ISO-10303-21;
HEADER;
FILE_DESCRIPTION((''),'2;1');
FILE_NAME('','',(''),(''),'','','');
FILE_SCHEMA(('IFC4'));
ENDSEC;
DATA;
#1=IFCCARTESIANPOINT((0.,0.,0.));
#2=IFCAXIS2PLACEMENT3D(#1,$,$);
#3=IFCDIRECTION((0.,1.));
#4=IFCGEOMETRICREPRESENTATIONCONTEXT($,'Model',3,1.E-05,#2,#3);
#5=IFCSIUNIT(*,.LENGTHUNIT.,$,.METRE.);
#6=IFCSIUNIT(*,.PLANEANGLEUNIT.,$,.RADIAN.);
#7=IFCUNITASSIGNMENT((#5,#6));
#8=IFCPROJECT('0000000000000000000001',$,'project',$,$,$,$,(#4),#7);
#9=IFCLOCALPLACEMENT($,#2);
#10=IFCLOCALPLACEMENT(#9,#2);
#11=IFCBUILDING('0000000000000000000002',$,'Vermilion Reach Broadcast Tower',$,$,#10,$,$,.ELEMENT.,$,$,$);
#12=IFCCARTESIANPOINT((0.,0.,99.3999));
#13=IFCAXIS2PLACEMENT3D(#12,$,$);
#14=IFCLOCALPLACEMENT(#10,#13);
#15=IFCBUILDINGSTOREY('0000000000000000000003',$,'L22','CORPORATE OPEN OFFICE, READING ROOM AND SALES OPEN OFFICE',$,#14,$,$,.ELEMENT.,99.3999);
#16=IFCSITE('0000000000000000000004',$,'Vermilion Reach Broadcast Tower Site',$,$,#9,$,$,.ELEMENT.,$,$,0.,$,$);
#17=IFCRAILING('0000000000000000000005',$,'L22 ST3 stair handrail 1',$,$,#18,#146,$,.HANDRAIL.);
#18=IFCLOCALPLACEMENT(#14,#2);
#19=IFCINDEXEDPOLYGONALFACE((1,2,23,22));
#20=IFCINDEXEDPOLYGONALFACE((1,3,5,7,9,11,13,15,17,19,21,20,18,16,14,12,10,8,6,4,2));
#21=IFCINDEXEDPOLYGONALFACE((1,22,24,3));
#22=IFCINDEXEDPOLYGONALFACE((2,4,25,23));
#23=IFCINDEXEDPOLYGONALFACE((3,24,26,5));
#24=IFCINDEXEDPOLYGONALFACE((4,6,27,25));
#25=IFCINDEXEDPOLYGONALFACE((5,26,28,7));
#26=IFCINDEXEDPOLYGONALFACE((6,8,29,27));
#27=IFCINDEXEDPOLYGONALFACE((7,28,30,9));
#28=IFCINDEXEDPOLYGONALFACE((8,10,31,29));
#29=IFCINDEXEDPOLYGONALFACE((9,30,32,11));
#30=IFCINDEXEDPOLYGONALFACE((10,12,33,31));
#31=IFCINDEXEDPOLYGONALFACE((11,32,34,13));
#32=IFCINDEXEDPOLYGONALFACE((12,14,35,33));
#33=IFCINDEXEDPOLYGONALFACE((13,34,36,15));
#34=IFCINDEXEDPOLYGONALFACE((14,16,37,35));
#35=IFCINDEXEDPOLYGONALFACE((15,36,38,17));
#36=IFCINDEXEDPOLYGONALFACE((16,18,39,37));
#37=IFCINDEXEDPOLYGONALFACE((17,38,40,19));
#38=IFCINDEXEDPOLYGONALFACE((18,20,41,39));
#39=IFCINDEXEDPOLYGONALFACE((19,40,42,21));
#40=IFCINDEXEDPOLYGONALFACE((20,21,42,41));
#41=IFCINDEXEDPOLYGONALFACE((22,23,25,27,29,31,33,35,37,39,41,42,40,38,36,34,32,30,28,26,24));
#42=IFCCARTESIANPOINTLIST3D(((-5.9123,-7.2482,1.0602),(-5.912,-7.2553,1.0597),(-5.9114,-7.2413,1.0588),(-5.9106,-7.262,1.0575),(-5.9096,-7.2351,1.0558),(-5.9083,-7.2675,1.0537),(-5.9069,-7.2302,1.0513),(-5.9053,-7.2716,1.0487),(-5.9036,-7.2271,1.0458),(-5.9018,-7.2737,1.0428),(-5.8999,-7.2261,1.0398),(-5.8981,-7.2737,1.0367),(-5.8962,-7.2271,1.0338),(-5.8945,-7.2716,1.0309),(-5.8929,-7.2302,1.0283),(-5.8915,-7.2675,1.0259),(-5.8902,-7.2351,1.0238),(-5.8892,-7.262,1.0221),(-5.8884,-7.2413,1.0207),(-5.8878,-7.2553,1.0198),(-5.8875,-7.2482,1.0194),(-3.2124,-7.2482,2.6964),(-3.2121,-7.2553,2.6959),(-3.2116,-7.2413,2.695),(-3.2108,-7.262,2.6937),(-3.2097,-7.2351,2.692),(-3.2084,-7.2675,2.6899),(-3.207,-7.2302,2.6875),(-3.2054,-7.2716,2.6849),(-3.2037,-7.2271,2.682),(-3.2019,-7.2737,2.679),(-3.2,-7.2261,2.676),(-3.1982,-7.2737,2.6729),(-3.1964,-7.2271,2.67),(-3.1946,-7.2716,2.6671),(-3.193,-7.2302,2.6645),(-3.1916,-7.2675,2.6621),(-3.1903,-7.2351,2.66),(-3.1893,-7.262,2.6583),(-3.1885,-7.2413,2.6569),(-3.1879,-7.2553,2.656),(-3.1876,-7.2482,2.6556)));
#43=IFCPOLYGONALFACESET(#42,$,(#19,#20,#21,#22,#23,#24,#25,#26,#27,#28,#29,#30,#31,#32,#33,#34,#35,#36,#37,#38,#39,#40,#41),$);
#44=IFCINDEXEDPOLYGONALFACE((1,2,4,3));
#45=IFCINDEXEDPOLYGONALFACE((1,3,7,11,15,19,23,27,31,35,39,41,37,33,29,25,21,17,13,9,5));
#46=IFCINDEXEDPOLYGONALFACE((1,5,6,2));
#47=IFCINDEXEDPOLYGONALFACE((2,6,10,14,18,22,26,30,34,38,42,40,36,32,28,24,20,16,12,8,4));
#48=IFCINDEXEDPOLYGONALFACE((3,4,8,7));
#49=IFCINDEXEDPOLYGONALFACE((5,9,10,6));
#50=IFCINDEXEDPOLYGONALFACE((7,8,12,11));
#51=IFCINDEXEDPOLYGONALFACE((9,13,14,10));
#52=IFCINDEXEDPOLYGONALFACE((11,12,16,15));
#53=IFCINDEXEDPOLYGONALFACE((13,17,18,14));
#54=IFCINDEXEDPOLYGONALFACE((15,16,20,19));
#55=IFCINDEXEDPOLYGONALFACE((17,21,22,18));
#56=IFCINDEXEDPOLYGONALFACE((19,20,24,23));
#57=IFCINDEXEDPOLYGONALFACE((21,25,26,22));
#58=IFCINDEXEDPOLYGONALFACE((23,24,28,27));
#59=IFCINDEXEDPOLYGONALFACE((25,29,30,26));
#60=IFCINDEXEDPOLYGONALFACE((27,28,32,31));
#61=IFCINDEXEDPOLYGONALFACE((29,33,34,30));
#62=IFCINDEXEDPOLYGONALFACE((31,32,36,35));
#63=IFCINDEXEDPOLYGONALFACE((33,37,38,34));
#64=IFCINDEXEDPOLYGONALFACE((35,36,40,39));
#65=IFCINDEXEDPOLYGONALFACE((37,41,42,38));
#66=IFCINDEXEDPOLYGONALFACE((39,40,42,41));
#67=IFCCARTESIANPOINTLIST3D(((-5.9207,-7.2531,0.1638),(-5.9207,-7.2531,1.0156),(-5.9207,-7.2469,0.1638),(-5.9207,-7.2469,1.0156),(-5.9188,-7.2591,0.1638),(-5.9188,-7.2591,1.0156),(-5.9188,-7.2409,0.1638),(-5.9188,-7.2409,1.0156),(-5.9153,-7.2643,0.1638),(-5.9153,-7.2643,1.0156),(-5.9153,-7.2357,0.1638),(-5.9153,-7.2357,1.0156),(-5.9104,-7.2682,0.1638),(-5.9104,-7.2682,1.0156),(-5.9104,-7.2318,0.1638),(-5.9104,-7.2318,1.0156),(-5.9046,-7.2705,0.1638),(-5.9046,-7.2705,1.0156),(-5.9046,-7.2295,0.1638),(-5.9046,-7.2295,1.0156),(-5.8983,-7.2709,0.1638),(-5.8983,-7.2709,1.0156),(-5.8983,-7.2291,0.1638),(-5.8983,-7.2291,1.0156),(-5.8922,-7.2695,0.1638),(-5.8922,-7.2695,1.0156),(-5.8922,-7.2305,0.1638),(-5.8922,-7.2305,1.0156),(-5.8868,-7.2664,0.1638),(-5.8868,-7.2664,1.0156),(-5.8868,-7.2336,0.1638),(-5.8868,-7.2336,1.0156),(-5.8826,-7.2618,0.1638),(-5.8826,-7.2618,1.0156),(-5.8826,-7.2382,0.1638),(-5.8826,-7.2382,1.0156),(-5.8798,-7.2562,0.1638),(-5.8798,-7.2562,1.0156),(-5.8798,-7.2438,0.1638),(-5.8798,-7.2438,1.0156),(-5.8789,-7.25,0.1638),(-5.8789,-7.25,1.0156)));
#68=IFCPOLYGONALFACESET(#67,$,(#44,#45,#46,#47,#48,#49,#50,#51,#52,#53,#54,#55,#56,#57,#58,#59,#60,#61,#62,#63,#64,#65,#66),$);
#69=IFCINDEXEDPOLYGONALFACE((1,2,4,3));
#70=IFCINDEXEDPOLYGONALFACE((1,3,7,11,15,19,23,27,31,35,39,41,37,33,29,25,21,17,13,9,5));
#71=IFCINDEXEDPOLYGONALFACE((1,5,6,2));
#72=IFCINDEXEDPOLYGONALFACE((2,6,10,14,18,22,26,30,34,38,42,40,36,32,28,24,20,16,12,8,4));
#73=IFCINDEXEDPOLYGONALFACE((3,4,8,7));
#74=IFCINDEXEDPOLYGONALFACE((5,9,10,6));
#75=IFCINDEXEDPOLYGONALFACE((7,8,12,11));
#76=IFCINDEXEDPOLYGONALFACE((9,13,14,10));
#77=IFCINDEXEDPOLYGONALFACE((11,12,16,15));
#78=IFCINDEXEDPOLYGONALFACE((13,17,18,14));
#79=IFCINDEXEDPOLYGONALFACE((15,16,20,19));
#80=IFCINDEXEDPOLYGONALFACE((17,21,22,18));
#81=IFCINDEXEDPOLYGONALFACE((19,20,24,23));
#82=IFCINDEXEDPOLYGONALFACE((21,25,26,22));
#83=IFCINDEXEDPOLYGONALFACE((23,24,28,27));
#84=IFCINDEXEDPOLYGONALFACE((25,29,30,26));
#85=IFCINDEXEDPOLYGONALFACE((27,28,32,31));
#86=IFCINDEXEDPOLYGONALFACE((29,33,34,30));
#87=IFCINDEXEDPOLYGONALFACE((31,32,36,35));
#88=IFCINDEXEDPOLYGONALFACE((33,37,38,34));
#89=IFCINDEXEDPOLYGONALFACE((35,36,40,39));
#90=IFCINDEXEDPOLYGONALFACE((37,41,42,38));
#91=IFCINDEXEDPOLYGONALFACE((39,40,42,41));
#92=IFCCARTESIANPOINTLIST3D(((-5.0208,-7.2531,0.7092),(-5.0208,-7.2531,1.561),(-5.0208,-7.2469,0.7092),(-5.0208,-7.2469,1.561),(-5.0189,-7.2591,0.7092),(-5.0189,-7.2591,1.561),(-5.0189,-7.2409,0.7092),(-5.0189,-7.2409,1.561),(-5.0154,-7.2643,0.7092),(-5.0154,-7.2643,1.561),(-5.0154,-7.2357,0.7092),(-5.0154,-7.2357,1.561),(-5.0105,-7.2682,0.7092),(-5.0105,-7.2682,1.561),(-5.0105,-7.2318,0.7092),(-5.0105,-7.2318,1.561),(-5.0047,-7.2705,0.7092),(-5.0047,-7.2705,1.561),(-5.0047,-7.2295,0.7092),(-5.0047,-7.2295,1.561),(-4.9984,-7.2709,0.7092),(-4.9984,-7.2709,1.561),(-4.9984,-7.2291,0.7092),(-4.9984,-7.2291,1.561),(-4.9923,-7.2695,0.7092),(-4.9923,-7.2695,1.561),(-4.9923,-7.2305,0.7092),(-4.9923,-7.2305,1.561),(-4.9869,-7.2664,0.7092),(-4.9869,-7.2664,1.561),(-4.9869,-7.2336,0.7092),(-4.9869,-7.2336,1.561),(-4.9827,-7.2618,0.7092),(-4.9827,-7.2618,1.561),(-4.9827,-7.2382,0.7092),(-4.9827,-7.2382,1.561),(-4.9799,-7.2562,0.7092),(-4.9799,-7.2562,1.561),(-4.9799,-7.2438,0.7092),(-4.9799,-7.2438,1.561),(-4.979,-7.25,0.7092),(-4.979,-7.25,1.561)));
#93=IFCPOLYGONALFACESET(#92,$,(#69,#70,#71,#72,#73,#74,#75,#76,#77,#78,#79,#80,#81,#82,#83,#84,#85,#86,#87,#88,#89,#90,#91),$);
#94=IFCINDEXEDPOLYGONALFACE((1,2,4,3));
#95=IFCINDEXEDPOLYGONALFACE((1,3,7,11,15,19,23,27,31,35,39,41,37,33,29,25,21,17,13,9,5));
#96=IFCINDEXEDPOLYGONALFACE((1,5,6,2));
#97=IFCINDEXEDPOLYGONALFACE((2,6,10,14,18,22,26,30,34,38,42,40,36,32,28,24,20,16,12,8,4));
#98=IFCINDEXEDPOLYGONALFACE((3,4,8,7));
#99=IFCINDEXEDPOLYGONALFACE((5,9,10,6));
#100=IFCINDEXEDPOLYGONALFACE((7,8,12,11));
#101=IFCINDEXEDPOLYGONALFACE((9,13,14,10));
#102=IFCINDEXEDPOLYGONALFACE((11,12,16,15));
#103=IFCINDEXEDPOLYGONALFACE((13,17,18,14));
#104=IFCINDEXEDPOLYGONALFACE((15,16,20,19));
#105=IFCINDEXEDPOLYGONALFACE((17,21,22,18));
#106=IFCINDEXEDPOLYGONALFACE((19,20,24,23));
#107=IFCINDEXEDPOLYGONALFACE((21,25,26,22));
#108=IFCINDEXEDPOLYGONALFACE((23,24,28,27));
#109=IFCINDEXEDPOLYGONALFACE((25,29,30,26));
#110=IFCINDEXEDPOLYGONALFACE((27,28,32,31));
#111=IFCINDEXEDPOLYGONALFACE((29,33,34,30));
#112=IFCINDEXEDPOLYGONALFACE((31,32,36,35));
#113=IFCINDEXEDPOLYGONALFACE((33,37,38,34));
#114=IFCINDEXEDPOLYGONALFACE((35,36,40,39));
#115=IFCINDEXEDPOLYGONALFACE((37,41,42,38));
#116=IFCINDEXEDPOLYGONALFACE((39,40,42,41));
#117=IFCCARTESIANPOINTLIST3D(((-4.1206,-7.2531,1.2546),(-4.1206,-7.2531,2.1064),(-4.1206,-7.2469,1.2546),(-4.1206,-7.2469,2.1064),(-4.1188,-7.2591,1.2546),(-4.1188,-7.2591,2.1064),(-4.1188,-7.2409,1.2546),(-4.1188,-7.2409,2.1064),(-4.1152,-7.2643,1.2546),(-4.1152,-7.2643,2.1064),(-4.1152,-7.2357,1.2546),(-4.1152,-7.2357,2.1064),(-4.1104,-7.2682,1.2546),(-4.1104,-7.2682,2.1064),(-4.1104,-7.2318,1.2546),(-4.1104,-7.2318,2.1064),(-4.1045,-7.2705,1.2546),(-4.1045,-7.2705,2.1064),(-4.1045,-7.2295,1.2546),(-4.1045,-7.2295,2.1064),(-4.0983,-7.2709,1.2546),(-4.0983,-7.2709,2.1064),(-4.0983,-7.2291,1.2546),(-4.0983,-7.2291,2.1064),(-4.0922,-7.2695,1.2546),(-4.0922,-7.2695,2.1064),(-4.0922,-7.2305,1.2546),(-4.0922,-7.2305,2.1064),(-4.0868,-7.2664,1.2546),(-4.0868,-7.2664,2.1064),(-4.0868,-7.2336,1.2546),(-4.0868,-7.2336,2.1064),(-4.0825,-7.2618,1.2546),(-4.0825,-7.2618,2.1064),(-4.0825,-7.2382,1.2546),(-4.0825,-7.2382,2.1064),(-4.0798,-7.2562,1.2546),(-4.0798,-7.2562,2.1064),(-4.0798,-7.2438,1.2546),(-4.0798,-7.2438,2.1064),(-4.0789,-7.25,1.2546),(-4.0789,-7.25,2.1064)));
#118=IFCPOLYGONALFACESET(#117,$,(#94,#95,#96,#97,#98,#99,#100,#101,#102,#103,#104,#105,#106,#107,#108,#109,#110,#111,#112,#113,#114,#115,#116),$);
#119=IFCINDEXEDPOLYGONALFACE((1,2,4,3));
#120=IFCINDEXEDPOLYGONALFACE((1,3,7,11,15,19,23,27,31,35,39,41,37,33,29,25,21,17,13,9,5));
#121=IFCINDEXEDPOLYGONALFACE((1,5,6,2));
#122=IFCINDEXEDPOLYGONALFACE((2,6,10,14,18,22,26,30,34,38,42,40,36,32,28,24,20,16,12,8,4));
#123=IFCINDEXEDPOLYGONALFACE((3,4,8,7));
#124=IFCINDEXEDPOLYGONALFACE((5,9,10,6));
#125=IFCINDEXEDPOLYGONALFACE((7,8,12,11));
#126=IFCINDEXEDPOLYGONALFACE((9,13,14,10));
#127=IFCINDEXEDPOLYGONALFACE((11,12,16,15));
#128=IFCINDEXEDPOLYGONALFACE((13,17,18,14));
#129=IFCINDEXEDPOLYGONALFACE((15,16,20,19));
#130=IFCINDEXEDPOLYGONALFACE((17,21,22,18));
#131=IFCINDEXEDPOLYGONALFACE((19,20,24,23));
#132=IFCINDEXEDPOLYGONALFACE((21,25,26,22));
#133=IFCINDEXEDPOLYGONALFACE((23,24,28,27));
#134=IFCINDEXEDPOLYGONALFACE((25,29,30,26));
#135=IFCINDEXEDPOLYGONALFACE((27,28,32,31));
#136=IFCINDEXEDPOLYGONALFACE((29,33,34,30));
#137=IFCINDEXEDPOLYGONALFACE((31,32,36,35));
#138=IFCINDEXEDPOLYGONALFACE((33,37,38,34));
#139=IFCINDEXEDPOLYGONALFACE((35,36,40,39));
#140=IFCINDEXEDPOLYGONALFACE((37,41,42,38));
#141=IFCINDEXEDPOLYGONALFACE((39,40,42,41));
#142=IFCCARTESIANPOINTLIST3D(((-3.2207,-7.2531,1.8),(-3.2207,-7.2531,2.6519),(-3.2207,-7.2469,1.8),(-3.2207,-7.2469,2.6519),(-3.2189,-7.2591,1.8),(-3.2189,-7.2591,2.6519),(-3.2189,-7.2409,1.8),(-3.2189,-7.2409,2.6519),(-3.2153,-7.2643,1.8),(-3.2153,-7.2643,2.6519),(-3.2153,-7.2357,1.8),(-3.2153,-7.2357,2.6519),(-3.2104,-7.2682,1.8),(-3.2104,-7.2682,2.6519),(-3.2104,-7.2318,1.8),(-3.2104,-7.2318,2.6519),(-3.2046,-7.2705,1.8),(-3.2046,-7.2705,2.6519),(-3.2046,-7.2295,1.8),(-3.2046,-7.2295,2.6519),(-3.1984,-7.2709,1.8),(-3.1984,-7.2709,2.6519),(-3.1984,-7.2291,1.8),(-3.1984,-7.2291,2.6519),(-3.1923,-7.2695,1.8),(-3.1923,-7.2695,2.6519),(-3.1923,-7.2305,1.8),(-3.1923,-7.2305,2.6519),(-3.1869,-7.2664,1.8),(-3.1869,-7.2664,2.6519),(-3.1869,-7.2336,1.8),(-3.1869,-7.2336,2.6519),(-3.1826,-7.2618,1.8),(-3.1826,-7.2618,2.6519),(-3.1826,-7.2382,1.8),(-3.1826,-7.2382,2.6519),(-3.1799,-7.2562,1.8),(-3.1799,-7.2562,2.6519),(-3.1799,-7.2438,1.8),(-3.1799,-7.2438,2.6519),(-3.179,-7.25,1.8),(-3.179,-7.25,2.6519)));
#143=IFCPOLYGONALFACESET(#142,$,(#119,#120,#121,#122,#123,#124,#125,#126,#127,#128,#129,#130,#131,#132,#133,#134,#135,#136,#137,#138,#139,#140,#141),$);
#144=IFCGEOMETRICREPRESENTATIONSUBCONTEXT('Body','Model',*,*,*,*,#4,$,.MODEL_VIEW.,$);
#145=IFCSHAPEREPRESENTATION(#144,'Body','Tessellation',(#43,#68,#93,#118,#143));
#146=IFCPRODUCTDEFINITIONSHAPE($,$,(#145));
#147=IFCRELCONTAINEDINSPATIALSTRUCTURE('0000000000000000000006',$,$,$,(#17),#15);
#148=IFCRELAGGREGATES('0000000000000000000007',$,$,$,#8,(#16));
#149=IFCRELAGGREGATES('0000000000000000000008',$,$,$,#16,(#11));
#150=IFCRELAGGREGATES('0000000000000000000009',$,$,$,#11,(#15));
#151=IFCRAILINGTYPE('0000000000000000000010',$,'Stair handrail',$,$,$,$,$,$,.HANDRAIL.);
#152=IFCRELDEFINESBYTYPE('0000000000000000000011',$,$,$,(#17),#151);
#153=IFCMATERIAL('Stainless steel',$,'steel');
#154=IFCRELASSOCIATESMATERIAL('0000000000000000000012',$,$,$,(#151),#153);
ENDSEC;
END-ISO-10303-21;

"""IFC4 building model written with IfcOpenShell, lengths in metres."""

from ifc_helpers import new_model, si_unit, direction, frame, origin, origin_2d, place, context, subcontext, project, spatial, circle, extrude, material, type_object, element, save


model = new_model("IFC4")

# Units and contexts
model_context = context("Model", 3, precision=1e-05, world=origin(), true_north=direction((0.0, 1.0)))
body_context = subcontext(model_context, "Body", "Model", "MODEL_VIEW")
ifc_project = project(units=[si_unit("LENGTHUNIT", "METRE"), si_unit("PLANEANGLEUNIT", "RADIAN")], contexts=[model_context])

# Site, building, storey
site_placement = place(None, origin())
site = spatial("IfcSite", under=ifc_project, at=site_placement, Name="Vermilion Reach Broadcast Tower Site", CompositionType="ELEMENT", RefElevation=0.0)
building_placement = place(site_placement, origin())
building = spatial("IfcBuilding", under=site, at=building_placement, Name="Vermilion Reach Broadcast Tower", CompositionType="ELEMENT")
storey_placement = place(building_placement, frame((0.0, 0.0, 99.3999)))
storey = spatial("IfcBuildingStorey", under=building, at=storey_placement, Name="L22", Description="CORPORATE OPEN OFFICE, READING ROOM AND SALES OPEN OFFICE", CompositionType="ELEMENT", Elevation=99.3999)

# Railing
ifc_material_1 = material(Name="Stainless steel", Category="steel")
railing_type_1 = type_object("IfcRailingType", Name="Stair handrail", PredefinedType="HANDRAIL", material=ifc_material_1)
railing_1_placement = place(storey_placement, frame((-5.8999, -7.25, 0.1638)))
element("IfcRailing", 1, at=railing_1_placement, inside=storey, type_object=railing_type_1, Name="L22 ST3 stair handrail 1", PredefinedType="HANDRAIL", context=body_context, shape_type="SweptSolid", body=[
    extrude(circle(Radius=0.0239, at=origin_2d()), frame((0.0, 0.0, 0.876), z_axis=(0.855212, 0.0, 0.518278), x_axis=(0.0, 1.0, 0.0)), (0.0, 0.0, 1.0), 3.157),
    extrude(circle(Radius=0.021, at=origin_2d()), origin(), (0.0, 0.0, 1.0), 0.8518),
    extrude(circle(Radius=0.021, at=origin_2d()), frame((0.8999, 0.0, 0.5454)), (0.0, 0.0, 1.0), 0.8518),
    extrude(circle(Radius=0.021, at=origin_2d()), frame((1.8, 0.0, 1.0908)), (0.0, 0.0, 1.0), 0.8518),
    extrude(circle(Radius=0.021, at=origin_2d()), frame((2.7, 0.0, 1.6362)), (0.0, 0.0, 1.0), 0.8518),
])

save(model, "model.ifc")
